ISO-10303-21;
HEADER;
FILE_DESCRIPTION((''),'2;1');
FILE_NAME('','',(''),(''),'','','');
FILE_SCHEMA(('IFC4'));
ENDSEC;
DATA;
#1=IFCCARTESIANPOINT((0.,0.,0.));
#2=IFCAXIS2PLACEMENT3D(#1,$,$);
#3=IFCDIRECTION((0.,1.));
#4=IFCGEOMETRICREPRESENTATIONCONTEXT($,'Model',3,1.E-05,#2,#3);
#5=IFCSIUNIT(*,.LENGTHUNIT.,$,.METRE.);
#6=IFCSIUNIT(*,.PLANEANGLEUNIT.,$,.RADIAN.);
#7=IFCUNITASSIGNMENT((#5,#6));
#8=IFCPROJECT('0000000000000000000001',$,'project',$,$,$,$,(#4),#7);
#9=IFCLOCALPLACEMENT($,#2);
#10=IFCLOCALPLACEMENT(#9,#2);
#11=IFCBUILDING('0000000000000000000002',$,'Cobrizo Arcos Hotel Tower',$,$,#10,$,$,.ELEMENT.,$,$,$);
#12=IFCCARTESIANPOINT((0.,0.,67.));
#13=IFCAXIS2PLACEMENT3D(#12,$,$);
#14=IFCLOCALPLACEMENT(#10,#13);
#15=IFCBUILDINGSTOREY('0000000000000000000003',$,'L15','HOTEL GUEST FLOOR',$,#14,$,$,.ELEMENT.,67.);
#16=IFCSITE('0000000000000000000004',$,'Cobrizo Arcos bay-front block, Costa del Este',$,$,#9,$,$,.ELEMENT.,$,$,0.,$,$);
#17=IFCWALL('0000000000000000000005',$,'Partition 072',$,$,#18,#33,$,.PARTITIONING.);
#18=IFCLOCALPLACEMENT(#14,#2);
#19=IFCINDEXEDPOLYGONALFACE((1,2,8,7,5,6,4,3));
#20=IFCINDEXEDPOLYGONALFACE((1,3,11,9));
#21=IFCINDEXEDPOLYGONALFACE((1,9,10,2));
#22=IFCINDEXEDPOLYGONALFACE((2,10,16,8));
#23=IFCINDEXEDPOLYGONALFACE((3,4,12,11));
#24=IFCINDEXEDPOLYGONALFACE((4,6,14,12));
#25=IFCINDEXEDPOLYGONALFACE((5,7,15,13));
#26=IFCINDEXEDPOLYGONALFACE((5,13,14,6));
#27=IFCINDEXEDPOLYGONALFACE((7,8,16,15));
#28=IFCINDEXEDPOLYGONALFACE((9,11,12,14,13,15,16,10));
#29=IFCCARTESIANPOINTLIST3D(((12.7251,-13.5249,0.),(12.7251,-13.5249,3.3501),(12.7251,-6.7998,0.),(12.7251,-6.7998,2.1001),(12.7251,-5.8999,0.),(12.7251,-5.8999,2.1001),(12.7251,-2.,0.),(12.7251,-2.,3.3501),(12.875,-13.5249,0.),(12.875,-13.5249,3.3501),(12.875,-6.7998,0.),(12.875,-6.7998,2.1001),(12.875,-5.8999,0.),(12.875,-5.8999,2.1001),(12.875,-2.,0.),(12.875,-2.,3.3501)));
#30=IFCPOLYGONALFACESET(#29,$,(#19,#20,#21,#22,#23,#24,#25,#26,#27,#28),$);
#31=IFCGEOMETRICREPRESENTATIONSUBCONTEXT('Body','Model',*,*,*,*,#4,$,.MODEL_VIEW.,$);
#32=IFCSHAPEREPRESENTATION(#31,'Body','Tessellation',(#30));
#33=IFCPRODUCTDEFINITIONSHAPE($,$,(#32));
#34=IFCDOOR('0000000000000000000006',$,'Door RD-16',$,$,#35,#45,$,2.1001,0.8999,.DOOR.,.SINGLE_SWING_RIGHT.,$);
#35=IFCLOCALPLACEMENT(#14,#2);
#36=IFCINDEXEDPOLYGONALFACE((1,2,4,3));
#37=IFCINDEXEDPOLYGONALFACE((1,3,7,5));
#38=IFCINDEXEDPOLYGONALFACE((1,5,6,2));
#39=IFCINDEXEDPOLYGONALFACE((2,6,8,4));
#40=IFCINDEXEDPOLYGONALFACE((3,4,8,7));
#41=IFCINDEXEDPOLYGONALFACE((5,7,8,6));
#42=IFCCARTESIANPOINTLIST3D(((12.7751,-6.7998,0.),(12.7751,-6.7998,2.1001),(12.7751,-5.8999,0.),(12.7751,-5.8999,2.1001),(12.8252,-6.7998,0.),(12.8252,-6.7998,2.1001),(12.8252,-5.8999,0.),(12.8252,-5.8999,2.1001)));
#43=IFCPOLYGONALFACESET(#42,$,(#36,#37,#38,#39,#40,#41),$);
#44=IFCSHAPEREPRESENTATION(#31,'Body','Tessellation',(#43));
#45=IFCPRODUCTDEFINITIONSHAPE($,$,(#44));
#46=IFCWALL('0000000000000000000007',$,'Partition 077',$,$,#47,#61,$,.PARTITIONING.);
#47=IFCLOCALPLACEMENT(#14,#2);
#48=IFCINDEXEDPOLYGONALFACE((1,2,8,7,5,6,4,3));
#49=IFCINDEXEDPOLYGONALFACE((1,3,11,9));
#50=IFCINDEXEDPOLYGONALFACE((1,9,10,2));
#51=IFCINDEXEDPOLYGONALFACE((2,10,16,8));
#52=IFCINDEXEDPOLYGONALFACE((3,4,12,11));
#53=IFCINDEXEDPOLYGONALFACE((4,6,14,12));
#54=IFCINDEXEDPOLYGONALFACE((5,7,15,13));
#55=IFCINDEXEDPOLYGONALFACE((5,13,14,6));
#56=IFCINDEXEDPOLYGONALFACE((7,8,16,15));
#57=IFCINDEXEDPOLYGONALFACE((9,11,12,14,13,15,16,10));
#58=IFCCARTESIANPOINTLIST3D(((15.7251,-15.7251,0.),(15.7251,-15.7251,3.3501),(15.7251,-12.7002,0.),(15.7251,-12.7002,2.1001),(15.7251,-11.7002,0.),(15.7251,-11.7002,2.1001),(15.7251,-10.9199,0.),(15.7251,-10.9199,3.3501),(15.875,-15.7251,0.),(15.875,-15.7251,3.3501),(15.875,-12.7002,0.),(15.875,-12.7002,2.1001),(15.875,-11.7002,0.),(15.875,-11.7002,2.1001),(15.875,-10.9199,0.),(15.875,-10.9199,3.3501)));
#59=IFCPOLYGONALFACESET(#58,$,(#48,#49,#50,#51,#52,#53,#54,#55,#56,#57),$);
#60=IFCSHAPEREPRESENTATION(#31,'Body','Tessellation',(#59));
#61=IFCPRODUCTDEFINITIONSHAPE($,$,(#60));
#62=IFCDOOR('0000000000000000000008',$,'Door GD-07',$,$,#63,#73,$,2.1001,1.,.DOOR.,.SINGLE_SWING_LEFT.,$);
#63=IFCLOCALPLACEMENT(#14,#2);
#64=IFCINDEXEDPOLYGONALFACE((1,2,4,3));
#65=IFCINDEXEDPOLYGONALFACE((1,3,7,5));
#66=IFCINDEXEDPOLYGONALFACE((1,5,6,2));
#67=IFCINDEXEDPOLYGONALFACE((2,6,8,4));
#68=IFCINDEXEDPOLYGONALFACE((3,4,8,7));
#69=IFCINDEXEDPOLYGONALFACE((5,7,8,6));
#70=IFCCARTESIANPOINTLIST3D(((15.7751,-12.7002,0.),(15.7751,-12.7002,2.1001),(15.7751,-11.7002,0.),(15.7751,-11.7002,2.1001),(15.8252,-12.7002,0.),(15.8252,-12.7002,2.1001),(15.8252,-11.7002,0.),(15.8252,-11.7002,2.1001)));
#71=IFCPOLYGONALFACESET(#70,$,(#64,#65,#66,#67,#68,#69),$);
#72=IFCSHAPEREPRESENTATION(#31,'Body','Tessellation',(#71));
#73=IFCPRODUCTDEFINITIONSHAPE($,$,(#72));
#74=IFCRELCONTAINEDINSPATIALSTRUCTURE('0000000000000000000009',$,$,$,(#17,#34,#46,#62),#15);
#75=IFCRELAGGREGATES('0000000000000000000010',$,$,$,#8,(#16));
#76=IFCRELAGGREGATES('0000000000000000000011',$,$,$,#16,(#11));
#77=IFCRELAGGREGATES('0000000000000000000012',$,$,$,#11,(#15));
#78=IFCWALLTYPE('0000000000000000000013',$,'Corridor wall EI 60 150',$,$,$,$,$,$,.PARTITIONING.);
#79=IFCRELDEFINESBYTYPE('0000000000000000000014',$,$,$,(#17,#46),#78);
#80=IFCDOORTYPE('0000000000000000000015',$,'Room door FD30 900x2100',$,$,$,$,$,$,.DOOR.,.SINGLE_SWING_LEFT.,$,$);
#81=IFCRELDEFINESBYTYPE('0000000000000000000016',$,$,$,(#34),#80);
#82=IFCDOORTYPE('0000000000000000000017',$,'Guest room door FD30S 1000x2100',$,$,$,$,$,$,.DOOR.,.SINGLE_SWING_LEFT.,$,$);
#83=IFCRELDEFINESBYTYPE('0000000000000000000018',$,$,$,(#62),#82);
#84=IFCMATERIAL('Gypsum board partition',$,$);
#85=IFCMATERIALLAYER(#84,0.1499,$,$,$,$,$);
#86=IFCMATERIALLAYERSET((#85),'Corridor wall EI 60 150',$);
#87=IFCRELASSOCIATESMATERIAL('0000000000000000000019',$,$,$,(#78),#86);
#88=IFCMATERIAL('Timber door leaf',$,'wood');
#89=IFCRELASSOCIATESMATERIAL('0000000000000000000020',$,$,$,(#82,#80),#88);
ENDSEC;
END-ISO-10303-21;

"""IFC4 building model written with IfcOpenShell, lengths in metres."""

from ifc_helpers import new_model, si_unit, direction, frame, frame_2d, origin, place, context, subcontext, project, spatial, rectangle, extrude, material, layer, layer_set, type_object, element, fill, save


model = new_model("IFC4")

# Units and contexts
model_context = context("Model", 3, precision=1e-05, world=origin(), true_north=direction((0.0, 1.0)))
body_context = subcontext(model_context, "Body", "Model", "MODEL_VIEW")
ifc_project = project(units=[si_unit("LENGTHUNIT", "METRE"), si_unit("PLANEANGLEUNIT", "RADIAN")], contexts=[model_context])

# Site, building, storey
site_placement = place(None, origin())
site = spatial("IfcSite", under=ifc_project, at=site_placement, Name="Cobrizo Arcos bay-front block, Costa del Este", CompositionType="ELEMENT", RefElevation=0.0)
building_placement = place(site_placement, origin())
building = spatial("IfcBuilding", under=site, at=building_placement, Name="Cobrizo Arcos Hotel Tower", CompositionType="ELEMENT")
storey_placement = place(building_placement, frame((0.0, 0.0, 67.0)))
storey = spatial("IfcBuildingStorey", under=building, at=storey_placement, Name="L15", Description="HOTEL GUEST FLOOR", CompositionType="ELEMENT", Elevation=67.0)

# Shared definitions
ifc_material_1 = material(Name="Gypsum board partition")
ifc_layer_1 = layer(ifc_material_1, 0.1499)
ifc_layer_set_1 = layer_set([ifc_layer_1], Name="Corridor wall EI 60 150")
wall_type_1 = type_object("IfcWallType", Name="Corridor wall EI 60 150", PredefinedType="PARTITIONING", material=ifc_layer_set_1)
ifc_material_2 = material(Name="Timber door leaf", Category="wood")
door_type_1 = type_object("IfcDoorType", Name="Guest room door FD30S 1000x2100", OperationType="SINGLE_SWING_LEFT", PredefinedType="DOOR", material=ifc_material_2)

# Walls, openings, doors
wall_1_placement = place(storey_placement, frame((12.8, -13.5249, 0.0), z_axis=(0.0, 0.0, 1.0), x_axis=(0.0, 1.0, 0.0)))
wall_1 = element("IfcWall", 1, at=wall_1_placement, inside=storey, type_object=wall_type_1, Name="Partition 072", PredefinedType="PARTITIONING", context=body_context, shape_type="SweptSolid", body=[
    extrude(rectangle(XDim=11.5249, YDim=0.1499, at=frame_2d((5.7625, 0.0))), origin(), (0.0, 0.0, 1.0), 3.3501),
])
opening_1_placement = place(wall_1_placement, frame((6.7251, 0.0, 0.0)))
opening_1 = element("IfcOpeningElement", 2, at=opening_1_placement, cuts=wall_1, PredefinedType="OPENING", context=body_context, shape_type="SweptSolid", body=[
    extrude(rectangle(XDim=0.8999, YDim=2.1001, at=frame_2d((0.45, 1.05))), frame((0.0, 0.0869, 0.0), z_axis=(0.0, -1.0, 0.0), x_axis=(1.0, 0.0, 0.0)), (0.0, 0.0, 1.0), 0.1738),
])
door_type_2 = type_object("IfcDoorType", Name="Room door FD30 900x2100", OperationType="SINGLE_SWING_LEFT", PredefinedType="DOOR", material=ifc_material_2)
door_1_placement = place(opening_1_placement, origin())
door_1 = element("IfcDoor", 3, at=door_1_placement, inside=storey, type_object=door_type_2, Name="Door RD-16", OperationType="SINGLE_SWING_RIGHT", OverallHeight=2.1001, OverallWidth=0.8999, PredefinedType="DOOR", context=body_context, shape_type="SweptSolid", body=[
    extrude(rectangle(XDim=0.8999, YDim=2.1001, at=frame_2d((0.45, 1.05))), frame((0.0, 0.0249, 0.0), z_axis=(0.0, -1.0, 0.0), x_axis=(1.0, 0.0, 0.0)), (0.0, 0.0, 1.0), 0.05),
])
fill(opening_1, door_1)
wall_2_placement = place(storey_placement, frame((15.8, -15.7251, 0.0), z_axis=(0.0, 0.0, 1.0), x_axis=(0.0, 1.0, 0.0)))
wall_2 = element("IfcWall", 4, at=wall_2_placement, inside=storey, type_object=wall_type_1, Name="Partition 077", PredefinedType="PARTITIONING", context=body_context, shape_type="SweptSolid", body=[
    extrude(rectangle(XDim=4.8052, YDim=0.1499, at=frame_2d((2.4026, 0.0))), origin(), (0.0, 0.0, 1.0), 3.3501),
])
opening_2_placement = place(wall_2_placement, frame((3.0249, 0.0, 0.0)))
opening_2 = element("IfcOpeningElement", 5, at=opening_2_placement, cuts=wall_2, PredefinedType="OPENING", context=body_context, shape_type="SweptSolid", body=[
    extrude(rectangle(XDim=1.0, YDim=2.1001, at=frame_2d((0.5, 1.05))), frame((0.0, 0.0869, 0.0), z_axis=(0.0, -1.0, 0.0), x_axis=(1.0, 0.0, 0.0)), (0.0, 0.0, 1.0), 0.1738),
])
door_2_placement = place(opening_2_placement, origin())
door_2 = element("IfcDoor", 6, at=door_2_placement, inside=storey, type_object=door_type_1, Name="Door GD-07", OperationType="SINGLE_SWING_LEFT", OverallHeight=2.1001, OverallWidth=1.0, PredefinedType="DOOR", context=body_context, shape_type="SweptSolid", body=[
    extrude(rectangle(XDim=1.0, YDim=2.1001, at=frame_2d((0.5, 1.05))), frame((0.0, 0.0249, 0.0), z_axis=(0.0, -1.0, 0.0), x_axis=(1.0, 0.0, 0.0)), (0.0, 0.0, 1.0), 0.05),
])
fill(opening_2, door_2)

save(model, "model.ifc")
